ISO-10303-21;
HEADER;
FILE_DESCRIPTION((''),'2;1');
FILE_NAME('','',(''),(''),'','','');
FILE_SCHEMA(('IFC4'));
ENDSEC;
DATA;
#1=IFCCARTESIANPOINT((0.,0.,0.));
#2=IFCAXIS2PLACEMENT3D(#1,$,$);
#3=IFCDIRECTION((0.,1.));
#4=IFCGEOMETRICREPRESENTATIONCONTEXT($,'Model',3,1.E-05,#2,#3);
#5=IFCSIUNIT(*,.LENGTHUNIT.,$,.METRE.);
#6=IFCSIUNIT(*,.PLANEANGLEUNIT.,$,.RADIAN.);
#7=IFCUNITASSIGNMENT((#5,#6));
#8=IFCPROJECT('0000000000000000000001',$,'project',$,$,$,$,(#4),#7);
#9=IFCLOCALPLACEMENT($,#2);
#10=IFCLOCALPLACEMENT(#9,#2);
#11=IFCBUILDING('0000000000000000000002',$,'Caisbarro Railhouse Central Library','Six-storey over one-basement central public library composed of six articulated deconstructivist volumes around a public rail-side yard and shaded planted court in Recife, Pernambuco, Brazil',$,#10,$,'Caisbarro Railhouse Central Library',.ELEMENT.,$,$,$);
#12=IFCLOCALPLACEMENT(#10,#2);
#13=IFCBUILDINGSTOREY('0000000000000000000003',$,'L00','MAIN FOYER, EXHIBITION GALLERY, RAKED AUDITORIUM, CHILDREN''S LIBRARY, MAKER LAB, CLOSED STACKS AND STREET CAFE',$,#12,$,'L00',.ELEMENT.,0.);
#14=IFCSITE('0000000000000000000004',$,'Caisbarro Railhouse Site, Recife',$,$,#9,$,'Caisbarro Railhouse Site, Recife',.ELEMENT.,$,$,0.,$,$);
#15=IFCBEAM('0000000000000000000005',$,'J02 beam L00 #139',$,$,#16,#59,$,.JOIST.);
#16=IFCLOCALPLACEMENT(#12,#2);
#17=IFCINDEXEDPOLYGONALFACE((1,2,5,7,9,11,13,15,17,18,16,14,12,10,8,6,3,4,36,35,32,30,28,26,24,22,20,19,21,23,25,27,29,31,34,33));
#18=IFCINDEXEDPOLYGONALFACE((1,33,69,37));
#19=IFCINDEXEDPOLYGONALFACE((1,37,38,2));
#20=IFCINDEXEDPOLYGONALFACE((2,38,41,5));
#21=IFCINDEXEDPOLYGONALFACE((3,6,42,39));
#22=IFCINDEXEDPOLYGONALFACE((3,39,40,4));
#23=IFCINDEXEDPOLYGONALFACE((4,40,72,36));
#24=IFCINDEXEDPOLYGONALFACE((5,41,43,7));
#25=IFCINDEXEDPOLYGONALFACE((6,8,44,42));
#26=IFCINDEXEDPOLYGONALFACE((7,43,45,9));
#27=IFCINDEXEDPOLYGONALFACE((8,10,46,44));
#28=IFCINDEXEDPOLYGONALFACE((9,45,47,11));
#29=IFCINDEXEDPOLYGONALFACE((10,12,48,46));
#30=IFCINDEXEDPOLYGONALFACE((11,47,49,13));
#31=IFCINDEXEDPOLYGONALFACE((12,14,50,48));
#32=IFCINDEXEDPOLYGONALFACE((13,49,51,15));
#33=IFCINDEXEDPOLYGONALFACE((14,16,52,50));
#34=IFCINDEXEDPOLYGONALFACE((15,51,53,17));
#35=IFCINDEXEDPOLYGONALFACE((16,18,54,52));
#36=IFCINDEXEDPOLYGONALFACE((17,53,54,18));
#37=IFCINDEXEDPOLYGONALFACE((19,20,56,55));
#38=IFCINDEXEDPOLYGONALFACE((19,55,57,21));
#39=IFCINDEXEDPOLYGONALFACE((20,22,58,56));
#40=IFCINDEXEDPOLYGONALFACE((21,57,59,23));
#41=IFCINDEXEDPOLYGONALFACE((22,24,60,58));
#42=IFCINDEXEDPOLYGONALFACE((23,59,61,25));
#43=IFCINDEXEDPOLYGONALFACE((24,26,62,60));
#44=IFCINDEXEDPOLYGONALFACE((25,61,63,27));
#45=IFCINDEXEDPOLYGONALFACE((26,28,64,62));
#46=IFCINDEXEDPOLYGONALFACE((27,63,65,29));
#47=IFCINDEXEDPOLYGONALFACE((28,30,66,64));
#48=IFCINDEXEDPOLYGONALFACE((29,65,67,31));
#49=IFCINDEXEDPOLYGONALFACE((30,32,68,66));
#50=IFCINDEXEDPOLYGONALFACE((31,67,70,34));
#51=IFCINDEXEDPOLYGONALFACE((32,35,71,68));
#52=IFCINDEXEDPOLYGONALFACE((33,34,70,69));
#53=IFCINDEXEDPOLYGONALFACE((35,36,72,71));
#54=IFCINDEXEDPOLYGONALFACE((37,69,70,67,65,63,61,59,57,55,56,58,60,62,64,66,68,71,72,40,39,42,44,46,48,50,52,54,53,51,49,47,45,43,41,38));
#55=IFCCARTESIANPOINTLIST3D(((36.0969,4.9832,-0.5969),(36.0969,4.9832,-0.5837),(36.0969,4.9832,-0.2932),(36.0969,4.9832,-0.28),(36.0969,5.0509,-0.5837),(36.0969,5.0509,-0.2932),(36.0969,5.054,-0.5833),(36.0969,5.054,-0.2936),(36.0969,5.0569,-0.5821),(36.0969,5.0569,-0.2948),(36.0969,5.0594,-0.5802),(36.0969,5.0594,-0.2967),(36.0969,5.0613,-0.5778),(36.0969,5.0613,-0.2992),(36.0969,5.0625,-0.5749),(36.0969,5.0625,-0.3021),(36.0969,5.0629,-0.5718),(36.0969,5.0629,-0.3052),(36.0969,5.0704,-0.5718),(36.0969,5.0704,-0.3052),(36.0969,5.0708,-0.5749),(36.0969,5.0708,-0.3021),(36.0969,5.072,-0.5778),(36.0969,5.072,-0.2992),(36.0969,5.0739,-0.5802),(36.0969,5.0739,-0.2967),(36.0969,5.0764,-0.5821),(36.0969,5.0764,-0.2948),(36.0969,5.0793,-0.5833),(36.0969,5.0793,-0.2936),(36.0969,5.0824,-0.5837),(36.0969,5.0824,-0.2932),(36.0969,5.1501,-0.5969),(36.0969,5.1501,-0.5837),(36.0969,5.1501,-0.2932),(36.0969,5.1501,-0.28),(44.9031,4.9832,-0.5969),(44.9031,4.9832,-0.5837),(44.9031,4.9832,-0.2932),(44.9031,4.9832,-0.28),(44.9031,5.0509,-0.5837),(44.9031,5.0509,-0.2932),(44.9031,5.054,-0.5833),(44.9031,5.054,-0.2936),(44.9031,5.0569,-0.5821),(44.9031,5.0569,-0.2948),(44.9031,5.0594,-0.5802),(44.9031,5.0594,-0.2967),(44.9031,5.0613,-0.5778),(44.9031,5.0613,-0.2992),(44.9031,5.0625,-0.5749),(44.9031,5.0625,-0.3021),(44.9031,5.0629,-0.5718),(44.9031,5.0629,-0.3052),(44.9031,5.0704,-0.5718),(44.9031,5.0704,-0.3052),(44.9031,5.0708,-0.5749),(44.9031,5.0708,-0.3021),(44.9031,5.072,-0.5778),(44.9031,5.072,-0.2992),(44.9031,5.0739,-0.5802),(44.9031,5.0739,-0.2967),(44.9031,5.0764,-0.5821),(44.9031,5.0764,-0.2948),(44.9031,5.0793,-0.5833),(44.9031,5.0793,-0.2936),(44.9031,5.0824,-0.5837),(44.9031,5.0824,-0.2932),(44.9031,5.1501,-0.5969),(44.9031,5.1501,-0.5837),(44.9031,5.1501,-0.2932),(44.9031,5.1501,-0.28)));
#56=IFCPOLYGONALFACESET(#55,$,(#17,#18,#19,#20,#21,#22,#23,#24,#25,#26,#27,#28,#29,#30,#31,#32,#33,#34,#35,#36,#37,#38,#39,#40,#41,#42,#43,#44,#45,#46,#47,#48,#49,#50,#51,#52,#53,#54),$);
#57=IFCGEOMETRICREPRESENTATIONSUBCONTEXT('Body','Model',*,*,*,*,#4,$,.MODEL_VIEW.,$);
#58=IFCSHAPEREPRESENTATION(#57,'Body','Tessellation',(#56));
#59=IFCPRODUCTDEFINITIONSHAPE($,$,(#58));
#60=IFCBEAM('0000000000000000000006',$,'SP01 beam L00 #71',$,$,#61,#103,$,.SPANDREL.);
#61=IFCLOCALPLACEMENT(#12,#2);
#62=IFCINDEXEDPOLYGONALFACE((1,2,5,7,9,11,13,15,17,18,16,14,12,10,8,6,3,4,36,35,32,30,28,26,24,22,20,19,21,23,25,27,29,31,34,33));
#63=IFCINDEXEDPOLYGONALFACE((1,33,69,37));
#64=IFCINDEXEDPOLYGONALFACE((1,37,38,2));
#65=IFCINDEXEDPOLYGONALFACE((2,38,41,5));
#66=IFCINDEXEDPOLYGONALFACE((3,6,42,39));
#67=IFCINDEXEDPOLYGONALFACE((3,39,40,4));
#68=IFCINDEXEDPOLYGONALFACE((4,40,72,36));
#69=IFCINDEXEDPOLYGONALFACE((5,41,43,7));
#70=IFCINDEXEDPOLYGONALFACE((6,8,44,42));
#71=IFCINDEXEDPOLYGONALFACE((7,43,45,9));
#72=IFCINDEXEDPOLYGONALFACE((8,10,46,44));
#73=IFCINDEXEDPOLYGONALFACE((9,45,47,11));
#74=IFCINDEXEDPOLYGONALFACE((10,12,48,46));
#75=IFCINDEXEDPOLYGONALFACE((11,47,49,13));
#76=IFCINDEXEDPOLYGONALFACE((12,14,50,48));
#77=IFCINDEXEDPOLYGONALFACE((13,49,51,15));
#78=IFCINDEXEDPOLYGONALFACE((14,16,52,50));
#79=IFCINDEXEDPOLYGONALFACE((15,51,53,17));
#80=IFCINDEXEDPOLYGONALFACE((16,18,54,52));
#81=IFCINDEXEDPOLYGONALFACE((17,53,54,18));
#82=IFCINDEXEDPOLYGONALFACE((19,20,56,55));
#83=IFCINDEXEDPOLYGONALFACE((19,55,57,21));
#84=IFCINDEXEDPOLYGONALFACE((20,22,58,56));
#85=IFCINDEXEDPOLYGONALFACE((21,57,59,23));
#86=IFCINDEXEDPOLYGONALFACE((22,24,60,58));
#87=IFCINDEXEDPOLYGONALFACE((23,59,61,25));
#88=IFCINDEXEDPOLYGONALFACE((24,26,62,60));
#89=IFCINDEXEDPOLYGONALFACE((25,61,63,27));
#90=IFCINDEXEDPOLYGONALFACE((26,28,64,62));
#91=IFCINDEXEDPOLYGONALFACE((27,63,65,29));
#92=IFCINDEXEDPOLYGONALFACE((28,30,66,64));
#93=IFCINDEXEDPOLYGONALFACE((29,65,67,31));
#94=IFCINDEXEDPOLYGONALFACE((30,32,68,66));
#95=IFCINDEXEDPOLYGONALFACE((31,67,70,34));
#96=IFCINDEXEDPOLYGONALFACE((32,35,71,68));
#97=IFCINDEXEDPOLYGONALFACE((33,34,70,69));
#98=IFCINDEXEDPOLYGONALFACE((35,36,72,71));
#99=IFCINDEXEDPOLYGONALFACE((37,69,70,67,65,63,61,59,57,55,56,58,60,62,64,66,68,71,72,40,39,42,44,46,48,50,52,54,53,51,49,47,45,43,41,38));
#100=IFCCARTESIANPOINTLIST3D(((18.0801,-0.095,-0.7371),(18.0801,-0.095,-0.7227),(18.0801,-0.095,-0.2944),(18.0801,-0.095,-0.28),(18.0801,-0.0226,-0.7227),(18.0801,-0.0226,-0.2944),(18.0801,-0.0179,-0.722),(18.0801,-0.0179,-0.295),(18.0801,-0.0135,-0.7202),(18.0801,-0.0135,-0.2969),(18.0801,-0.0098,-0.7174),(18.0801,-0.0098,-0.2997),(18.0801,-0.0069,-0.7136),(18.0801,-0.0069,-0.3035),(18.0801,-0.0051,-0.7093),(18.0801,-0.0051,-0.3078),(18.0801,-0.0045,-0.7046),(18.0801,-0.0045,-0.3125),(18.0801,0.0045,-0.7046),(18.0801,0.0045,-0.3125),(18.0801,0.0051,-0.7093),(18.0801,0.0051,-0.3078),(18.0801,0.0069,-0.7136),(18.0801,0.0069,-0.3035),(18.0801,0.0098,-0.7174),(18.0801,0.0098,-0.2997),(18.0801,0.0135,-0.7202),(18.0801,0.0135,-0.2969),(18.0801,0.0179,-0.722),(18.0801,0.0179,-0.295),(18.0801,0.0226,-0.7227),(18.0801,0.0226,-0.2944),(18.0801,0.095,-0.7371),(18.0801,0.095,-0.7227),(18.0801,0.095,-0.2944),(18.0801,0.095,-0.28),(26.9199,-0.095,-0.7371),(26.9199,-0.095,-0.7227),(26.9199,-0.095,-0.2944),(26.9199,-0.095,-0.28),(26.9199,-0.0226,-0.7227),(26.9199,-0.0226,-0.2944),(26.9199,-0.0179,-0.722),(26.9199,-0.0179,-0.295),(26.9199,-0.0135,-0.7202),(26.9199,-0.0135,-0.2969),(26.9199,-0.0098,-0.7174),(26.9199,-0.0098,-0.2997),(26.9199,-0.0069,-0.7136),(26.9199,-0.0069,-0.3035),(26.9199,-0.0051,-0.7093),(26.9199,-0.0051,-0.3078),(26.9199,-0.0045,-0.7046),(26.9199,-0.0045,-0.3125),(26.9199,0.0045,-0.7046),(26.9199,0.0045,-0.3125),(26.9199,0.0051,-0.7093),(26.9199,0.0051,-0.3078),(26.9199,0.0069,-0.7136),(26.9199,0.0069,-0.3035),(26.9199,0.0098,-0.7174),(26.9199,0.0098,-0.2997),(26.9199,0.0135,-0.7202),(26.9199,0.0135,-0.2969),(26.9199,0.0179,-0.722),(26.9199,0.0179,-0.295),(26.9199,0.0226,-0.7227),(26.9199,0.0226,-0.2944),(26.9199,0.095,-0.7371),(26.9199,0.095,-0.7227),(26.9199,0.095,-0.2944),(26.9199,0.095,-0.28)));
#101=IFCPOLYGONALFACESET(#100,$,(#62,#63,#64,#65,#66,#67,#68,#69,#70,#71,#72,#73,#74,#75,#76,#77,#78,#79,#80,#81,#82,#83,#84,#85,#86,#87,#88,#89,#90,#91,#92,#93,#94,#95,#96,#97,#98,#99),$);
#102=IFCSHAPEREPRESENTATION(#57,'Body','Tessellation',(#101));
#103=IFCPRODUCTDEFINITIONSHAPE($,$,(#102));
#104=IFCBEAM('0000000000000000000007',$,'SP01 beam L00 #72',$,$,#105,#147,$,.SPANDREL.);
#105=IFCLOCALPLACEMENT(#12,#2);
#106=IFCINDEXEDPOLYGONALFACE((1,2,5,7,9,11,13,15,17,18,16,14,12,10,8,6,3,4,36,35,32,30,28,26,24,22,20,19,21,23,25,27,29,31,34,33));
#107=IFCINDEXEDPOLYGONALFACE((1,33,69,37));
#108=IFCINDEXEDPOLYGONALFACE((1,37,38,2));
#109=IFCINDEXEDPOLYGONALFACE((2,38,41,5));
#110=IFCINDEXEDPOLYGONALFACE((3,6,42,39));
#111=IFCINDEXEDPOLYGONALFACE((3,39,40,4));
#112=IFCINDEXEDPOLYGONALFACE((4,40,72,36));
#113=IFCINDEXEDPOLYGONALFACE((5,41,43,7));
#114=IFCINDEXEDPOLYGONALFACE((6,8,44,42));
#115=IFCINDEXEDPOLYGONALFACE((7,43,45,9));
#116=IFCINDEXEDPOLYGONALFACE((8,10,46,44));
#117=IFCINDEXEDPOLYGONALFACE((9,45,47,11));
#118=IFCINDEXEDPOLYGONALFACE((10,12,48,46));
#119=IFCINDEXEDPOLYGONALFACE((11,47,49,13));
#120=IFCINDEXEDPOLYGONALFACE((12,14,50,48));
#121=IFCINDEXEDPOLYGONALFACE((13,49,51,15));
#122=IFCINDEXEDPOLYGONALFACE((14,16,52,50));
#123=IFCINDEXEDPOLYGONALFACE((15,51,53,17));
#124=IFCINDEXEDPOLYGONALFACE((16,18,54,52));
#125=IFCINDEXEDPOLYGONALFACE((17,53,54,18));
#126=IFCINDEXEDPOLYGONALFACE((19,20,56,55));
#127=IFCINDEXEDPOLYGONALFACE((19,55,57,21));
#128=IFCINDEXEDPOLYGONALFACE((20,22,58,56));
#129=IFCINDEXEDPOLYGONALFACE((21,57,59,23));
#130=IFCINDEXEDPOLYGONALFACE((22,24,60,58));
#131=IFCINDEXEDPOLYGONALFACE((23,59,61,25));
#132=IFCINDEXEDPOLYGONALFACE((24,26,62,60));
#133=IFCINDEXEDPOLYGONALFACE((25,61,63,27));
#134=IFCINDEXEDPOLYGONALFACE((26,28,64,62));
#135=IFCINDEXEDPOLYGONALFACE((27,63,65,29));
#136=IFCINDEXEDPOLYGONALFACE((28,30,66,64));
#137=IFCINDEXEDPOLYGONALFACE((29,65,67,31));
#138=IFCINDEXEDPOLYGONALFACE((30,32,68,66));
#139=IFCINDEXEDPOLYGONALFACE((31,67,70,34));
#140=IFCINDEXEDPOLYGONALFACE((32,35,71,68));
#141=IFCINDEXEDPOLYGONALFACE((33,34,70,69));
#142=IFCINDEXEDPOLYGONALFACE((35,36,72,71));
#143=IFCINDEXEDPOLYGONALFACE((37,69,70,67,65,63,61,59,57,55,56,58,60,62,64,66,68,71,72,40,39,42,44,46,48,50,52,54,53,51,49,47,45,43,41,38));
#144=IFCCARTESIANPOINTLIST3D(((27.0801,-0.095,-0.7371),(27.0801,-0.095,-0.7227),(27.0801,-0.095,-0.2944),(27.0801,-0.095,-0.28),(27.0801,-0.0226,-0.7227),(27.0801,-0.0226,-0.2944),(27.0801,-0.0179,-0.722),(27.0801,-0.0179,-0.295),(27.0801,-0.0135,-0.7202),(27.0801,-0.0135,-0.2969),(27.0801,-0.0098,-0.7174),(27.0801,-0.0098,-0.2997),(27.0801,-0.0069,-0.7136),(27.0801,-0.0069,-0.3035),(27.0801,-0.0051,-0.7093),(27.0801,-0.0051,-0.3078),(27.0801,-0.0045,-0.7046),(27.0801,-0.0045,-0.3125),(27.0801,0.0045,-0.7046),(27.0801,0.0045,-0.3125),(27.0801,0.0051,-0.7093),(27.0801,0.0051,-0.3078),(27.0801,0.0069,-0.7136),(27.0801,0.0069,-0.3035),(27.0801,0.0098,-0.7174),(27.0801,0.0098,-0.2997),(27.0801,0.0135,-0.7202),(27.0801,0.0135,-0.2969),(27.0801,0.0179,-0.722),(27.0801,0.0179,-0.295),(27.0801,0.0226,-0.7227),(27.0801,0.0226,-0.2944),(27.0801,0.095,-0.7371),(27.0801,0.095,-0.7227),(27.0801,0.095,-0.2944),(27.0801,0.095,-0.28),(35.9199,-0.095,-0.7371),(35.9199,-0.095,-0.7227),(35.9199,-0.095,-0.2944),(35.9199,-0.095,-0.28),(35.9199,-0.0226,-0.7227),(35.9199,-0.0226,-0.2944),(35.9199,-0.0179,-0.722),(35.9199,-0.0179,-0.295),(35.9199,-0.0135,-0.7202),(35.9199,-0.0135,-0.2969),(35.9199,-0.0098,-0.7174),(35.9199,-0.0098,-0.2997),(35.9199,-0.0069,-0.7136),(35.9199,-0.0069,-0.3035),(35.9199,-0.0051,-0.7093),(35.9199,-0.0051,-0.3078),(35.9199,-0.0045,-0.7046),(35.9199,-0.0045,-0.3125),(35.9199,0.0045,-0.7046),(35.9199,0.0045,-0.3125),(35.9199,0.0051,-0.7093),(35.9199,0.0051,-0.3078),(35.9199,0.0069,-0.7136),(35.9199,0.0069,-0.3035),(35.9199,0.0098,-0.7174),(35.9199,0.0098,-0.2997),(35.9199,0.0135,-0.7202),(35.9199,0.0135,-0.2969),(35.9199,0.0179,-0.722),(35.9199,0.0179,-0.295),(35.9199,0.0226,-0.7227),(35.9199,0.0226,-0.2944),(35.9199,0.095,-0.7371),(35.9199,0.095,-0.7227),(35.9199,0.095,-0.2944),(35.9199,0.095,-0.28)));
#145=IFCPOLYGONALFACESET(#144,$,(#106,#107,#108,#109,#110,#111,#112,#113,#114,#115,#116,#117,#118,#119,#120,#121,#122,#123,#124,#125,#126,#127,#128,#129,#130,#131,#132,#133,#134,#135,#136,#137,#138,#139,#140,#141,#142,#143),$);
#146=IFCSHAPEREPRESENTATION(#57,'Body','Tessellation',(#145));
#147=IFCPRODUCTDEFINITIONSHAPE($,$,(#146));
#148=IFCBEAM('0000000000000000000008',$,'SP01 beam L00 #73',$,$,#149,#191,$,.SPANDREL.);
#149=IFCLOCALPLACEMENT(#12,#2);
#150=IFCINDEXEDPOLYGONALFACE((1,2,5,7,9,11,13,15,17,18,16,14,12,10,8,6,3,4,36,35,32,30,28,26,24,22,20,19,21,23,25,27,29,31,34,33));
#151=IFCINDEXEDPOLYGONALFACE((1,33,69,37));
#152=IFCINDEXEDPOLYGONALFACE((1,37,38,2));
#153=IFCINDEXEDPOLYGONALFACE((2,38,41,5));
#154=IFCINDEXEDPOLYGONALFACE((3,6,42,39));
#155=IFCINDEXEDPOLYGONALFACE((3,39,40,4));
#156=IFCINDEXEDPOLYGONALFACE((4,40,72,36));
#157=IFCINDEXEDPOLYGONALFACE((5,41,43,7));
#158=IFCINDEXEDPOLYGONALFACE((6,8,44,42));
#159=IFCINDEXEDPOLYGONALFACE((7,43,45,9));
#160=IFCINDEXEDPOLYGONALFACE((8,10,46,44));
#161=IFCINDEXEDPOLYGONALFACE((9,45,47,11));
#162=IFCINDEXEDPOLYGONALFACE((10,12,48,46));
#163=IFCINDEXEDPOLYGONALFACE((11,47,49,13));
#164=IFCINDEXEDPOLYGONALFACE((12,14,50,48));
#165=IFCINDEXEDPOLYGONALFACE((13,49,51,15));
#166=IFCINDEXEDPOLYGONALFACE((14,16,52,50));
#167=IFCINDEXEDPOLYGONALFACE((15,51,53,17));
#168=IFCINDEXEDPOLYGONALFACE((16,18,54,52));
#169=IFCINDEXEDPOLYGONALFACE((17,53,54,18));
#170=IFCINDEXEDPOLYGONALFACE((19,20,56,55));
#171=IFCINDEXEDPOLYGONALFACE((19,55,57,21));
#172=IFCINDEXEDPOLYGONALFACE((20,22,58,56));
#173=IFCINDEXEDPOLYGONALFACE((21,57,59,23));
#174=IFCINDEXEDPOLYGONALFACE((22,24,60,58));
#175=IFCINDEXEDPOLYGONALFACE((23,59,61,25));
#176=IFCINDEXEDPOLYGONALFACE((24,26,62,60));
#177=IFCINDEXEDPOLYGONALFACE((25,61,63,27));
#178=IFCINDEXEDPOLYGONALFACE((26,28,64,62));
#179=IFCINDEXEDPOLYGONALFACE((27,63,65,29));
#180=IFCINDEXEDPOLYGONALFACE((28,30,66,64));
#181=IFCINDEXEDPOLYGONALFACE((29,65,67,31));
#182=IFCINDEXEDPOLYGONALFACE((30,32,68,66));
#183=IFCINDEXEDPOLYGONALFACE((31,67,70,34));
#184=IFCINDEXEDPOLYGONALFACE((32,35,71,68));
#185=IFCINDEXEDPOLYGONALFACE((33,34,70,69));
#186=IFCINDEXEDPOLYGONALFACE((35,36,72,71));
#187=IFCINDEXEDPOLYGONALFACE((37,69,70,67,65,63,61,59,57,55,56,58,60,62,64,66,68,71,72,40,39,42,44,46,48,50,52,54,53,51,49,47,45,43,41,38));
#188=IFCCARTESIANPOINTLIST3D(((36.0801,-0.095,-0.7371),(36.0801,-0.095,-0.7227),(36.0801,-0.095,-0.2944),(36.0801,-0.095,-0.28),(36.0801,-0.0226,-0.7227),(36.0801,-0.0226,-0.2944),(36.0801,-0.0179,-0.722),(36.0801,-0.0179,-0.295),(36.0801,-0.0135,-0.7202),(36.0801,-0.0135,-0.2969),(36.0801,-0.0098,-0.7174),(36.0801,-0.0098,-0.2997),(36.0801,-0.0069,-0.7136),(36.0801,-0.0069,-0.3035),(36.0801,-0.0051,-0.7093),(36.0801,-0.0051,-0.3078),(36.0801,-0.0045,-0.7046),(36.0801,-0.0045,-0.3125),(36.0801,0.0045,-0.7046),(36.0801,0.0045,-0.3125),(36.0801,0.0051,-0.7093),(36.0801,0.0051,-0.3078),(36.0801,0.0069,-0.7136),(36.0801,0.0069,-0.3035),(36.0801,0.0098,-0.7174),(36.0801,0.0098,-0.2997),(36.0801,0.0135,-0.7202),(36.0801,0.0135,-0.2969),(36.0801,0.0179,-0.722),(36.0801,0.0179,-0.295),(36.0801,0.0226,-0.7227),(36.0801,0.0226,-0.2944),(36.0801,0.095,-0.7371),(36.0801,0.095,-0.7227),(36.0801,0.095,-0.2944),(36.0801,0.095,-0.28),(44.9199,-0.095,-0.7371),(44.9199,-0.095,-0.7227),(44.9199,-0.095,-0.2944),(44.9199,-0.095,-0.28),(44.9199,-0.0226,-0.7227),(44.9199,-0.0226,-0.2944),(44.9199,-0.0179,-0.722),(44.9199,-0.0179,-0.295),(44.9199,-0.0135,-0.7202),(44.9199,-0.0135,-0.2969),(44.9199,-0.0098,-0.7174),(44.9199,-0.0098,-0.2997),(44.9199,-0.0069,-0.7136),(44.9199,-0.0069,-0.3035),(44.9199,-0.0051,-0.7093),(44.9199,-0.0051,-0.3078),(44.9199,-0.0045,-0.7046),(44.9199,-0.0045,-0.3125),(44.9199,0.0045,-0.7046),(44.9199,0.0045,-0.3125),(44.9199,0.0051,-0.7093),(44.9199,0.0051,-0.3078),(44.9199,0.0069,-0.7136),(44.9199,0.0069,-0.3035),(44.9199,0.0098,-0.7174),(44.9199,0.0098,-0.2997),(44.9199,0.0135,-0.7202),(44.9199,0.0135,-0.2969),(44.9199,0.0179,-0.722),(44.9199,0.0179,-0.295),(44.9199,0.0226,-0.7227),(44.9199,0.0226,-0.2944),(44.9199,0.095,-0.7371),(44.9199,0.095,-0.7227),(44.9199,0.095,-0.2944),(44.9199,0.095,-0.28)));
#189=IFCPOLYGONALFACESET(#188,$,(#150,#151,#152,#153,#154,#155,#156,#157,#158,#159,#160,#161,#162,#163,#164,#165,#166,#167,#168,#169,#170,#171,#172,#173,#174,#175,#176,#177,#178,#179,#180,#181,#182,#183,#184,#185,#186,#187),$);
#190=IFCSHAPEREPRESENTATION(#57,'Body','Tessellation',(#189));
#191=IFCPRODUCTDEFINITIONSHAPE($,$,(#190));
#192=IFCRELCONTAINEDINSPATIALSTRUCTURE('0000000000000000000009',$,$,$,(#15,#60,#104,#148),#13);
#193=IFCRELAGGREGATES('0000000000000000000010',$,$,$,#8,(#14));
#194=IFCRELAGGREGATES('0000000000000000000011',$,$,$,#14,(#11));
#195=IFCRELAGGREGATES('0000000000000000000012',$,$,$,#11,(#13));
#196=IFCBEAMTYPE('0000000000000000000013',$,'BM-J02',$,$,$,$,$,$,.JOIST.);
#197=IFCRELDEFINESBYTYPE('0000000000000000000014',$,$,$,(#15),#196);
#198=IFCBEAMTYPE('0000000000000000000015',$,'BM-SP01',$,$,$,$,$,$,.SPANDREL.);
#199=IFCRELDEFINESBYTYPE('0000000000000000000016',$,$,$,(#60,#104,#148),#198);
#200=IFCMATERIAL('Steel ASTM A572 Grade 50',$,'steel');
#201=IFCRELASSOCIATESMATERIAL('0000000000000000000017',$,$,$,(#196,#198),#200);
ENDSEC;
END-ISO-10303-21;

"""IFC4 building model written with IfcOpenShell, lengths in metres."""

from ifc_helpers import new_model, si_unit, direction, frame, origin, origin_2d, place, context, subcontext, project, spatial, i_section, extrude, material, material_profile, profile_set, type_object, element, save


model = new_model("IFC4")

# Units and contexts
model_context = context("Model", 3, precision=1e-05, world=origin(), true_north=direction((0.0, 1.0)))
body_context = subcontext(model_context, "Body", "Model", "MODEL_VIEW")
ifc_project = project(units=[si_unit("LENGTHUNIT", "METRE"), si_unit("PLANEANGLEUNIT", "RADIAN")], contexts=[model_context])

# Site, building, storey
site_placement = place(None, origin())
site = spatial("IfcSite", under=ifc_project, at=site_placement, Name="Caisbarro Railhouse Site, Recife", LongName="Caisbarro Railhouse Site, Recife", CompositionType="ELEMENT", RefElevation=0.0)
building_placement = place(site_placement, origin())
building = spatial("IfcBuilding", under=site, at=building_placement, Name="Caisbarro Railhouse Central Library", Description="Six-storey over one-basement central public library composed of six articulated deconstructivist volumes around a public rail-side yard and shaded planted court in Recife, Pernambuco, Brazil", LongName="Caisbarro Railhouse Central Library", CompositionType="ELEMENT")
storey_placement = place(building_placement, origin())
storey = spatial("IfcBuildingStorey", under=building, at=storey_placement, Name="L00", Description="MAIN FOYER, EXHIBITION GALLERY, RAKED AUDITORIUM, CHILDREN'S LIBRARY, MAKER LAB, CLOSED STACKS AND STREET CAFE", LongName="L00", CompositionType="ELEMENT", Elevation=0.0)

# Shared definitions
ifc_material_1 = material(Name="Steel ASTM A572 Grade 50", Category="steel")

# Beams
ifc_material_profile_1 = material_profile(ifc_material_1, i_section(OverallWidth=0.167, OverallDepth=0.3169, WebThickness=0.0076, FlangeThickness=0.0132, FilletRadius=0.012, at=origin_2d()), Name="W310X52.0")
ifc_profile_set_1 = profile_set([ifc_material_profile_1], Name="Steel ASTM A572 Grade 50")
beam_type_1 = type_object("IfcBeamType", Name="BM-J02", PredefinedType="JOIST", material=ifc_profile_set_1)
for number, where, z_axis, x_axis, name in (
    (1, (36.0969, 5.0667, -0.4385), (1.0, 0.0, 0.0), (0.0, 1.0, 0.0), "J02 beam L00 #139"),
):
    element("IfcBeam", number, at=place(storey_placement, frame(where, z_axis=z_axis, x_axis=x_axis)), inside=storey, type_object=beam_type_1, Name=name, PredefinedType="JOIST", context=body_context, shape_type="SweptSolid", body=[
        extrude(i_section(OverallWidth=0.167, OverallDepth=0.3169, WebThickness=0.0076, FlangeThickness=0.0132, FilletRadius=0.012, at=origin_2d()), origin(), (0.0, 0.0, 1.0), 8.8062),
    ])
ifc_material_profile_2 = material_profile(ifc_material_1, i_section(OverallWidth=0.1899, OverallDepth=0.457, WebThickness=0.009, FlangeThickness=0.0144, FilletRadius=0.0181, at=origin_2d()), Name="W460X74.0")
ifc_profile_set_2 = profile_set([ifc_material_profile_2], Name="Steel ASTM A572 Grade 50")
beam_type_2 = type_object("IfcBeamType", Name="BM-SP01", PredefinedType="SPANDREL", material=ifc_profile_set_2)
for number, where, z_axis, x_axis, name in (
    (2, (18.0801, 0.0, -0.5085), (1.0, 0.0, 0.0), (0.0, 1.0, 0.0), "SP01 beam L00 #71"),
    (3, (27.0801, 0.0, -0.5085), (1.0, 0.0, 0.0), (0.0, 1.0, 0.0), "SP01 beam L00 #72"),
    (4, (36.0801, 0.0, -0.5085), (1.0, 0.0, 0.0), (0.0, 1.0, 0.0), "SP01 beam L00 #73"),
):
    element("IfcBeam", number, at=place(storey_placement, frame(where, z_axis=z_axis, x_axis=x_axis)), inside=storey, type_object=beam_type_2, Name=name, PredefinedType="SPANDREL", context=body_context, shape_type="SweptSolid", body=[
        extrude(i_section(OverallWidth=0.1899, OverallDepth=0.457, WebThickness=0.009, FlangeThickness=0.0144, FilletRadius=0.0181, at=origin_2d()), origin(), (0.0, 0.0, 1.0), 8.8398),
    ])

save(model, "model.ifc")
